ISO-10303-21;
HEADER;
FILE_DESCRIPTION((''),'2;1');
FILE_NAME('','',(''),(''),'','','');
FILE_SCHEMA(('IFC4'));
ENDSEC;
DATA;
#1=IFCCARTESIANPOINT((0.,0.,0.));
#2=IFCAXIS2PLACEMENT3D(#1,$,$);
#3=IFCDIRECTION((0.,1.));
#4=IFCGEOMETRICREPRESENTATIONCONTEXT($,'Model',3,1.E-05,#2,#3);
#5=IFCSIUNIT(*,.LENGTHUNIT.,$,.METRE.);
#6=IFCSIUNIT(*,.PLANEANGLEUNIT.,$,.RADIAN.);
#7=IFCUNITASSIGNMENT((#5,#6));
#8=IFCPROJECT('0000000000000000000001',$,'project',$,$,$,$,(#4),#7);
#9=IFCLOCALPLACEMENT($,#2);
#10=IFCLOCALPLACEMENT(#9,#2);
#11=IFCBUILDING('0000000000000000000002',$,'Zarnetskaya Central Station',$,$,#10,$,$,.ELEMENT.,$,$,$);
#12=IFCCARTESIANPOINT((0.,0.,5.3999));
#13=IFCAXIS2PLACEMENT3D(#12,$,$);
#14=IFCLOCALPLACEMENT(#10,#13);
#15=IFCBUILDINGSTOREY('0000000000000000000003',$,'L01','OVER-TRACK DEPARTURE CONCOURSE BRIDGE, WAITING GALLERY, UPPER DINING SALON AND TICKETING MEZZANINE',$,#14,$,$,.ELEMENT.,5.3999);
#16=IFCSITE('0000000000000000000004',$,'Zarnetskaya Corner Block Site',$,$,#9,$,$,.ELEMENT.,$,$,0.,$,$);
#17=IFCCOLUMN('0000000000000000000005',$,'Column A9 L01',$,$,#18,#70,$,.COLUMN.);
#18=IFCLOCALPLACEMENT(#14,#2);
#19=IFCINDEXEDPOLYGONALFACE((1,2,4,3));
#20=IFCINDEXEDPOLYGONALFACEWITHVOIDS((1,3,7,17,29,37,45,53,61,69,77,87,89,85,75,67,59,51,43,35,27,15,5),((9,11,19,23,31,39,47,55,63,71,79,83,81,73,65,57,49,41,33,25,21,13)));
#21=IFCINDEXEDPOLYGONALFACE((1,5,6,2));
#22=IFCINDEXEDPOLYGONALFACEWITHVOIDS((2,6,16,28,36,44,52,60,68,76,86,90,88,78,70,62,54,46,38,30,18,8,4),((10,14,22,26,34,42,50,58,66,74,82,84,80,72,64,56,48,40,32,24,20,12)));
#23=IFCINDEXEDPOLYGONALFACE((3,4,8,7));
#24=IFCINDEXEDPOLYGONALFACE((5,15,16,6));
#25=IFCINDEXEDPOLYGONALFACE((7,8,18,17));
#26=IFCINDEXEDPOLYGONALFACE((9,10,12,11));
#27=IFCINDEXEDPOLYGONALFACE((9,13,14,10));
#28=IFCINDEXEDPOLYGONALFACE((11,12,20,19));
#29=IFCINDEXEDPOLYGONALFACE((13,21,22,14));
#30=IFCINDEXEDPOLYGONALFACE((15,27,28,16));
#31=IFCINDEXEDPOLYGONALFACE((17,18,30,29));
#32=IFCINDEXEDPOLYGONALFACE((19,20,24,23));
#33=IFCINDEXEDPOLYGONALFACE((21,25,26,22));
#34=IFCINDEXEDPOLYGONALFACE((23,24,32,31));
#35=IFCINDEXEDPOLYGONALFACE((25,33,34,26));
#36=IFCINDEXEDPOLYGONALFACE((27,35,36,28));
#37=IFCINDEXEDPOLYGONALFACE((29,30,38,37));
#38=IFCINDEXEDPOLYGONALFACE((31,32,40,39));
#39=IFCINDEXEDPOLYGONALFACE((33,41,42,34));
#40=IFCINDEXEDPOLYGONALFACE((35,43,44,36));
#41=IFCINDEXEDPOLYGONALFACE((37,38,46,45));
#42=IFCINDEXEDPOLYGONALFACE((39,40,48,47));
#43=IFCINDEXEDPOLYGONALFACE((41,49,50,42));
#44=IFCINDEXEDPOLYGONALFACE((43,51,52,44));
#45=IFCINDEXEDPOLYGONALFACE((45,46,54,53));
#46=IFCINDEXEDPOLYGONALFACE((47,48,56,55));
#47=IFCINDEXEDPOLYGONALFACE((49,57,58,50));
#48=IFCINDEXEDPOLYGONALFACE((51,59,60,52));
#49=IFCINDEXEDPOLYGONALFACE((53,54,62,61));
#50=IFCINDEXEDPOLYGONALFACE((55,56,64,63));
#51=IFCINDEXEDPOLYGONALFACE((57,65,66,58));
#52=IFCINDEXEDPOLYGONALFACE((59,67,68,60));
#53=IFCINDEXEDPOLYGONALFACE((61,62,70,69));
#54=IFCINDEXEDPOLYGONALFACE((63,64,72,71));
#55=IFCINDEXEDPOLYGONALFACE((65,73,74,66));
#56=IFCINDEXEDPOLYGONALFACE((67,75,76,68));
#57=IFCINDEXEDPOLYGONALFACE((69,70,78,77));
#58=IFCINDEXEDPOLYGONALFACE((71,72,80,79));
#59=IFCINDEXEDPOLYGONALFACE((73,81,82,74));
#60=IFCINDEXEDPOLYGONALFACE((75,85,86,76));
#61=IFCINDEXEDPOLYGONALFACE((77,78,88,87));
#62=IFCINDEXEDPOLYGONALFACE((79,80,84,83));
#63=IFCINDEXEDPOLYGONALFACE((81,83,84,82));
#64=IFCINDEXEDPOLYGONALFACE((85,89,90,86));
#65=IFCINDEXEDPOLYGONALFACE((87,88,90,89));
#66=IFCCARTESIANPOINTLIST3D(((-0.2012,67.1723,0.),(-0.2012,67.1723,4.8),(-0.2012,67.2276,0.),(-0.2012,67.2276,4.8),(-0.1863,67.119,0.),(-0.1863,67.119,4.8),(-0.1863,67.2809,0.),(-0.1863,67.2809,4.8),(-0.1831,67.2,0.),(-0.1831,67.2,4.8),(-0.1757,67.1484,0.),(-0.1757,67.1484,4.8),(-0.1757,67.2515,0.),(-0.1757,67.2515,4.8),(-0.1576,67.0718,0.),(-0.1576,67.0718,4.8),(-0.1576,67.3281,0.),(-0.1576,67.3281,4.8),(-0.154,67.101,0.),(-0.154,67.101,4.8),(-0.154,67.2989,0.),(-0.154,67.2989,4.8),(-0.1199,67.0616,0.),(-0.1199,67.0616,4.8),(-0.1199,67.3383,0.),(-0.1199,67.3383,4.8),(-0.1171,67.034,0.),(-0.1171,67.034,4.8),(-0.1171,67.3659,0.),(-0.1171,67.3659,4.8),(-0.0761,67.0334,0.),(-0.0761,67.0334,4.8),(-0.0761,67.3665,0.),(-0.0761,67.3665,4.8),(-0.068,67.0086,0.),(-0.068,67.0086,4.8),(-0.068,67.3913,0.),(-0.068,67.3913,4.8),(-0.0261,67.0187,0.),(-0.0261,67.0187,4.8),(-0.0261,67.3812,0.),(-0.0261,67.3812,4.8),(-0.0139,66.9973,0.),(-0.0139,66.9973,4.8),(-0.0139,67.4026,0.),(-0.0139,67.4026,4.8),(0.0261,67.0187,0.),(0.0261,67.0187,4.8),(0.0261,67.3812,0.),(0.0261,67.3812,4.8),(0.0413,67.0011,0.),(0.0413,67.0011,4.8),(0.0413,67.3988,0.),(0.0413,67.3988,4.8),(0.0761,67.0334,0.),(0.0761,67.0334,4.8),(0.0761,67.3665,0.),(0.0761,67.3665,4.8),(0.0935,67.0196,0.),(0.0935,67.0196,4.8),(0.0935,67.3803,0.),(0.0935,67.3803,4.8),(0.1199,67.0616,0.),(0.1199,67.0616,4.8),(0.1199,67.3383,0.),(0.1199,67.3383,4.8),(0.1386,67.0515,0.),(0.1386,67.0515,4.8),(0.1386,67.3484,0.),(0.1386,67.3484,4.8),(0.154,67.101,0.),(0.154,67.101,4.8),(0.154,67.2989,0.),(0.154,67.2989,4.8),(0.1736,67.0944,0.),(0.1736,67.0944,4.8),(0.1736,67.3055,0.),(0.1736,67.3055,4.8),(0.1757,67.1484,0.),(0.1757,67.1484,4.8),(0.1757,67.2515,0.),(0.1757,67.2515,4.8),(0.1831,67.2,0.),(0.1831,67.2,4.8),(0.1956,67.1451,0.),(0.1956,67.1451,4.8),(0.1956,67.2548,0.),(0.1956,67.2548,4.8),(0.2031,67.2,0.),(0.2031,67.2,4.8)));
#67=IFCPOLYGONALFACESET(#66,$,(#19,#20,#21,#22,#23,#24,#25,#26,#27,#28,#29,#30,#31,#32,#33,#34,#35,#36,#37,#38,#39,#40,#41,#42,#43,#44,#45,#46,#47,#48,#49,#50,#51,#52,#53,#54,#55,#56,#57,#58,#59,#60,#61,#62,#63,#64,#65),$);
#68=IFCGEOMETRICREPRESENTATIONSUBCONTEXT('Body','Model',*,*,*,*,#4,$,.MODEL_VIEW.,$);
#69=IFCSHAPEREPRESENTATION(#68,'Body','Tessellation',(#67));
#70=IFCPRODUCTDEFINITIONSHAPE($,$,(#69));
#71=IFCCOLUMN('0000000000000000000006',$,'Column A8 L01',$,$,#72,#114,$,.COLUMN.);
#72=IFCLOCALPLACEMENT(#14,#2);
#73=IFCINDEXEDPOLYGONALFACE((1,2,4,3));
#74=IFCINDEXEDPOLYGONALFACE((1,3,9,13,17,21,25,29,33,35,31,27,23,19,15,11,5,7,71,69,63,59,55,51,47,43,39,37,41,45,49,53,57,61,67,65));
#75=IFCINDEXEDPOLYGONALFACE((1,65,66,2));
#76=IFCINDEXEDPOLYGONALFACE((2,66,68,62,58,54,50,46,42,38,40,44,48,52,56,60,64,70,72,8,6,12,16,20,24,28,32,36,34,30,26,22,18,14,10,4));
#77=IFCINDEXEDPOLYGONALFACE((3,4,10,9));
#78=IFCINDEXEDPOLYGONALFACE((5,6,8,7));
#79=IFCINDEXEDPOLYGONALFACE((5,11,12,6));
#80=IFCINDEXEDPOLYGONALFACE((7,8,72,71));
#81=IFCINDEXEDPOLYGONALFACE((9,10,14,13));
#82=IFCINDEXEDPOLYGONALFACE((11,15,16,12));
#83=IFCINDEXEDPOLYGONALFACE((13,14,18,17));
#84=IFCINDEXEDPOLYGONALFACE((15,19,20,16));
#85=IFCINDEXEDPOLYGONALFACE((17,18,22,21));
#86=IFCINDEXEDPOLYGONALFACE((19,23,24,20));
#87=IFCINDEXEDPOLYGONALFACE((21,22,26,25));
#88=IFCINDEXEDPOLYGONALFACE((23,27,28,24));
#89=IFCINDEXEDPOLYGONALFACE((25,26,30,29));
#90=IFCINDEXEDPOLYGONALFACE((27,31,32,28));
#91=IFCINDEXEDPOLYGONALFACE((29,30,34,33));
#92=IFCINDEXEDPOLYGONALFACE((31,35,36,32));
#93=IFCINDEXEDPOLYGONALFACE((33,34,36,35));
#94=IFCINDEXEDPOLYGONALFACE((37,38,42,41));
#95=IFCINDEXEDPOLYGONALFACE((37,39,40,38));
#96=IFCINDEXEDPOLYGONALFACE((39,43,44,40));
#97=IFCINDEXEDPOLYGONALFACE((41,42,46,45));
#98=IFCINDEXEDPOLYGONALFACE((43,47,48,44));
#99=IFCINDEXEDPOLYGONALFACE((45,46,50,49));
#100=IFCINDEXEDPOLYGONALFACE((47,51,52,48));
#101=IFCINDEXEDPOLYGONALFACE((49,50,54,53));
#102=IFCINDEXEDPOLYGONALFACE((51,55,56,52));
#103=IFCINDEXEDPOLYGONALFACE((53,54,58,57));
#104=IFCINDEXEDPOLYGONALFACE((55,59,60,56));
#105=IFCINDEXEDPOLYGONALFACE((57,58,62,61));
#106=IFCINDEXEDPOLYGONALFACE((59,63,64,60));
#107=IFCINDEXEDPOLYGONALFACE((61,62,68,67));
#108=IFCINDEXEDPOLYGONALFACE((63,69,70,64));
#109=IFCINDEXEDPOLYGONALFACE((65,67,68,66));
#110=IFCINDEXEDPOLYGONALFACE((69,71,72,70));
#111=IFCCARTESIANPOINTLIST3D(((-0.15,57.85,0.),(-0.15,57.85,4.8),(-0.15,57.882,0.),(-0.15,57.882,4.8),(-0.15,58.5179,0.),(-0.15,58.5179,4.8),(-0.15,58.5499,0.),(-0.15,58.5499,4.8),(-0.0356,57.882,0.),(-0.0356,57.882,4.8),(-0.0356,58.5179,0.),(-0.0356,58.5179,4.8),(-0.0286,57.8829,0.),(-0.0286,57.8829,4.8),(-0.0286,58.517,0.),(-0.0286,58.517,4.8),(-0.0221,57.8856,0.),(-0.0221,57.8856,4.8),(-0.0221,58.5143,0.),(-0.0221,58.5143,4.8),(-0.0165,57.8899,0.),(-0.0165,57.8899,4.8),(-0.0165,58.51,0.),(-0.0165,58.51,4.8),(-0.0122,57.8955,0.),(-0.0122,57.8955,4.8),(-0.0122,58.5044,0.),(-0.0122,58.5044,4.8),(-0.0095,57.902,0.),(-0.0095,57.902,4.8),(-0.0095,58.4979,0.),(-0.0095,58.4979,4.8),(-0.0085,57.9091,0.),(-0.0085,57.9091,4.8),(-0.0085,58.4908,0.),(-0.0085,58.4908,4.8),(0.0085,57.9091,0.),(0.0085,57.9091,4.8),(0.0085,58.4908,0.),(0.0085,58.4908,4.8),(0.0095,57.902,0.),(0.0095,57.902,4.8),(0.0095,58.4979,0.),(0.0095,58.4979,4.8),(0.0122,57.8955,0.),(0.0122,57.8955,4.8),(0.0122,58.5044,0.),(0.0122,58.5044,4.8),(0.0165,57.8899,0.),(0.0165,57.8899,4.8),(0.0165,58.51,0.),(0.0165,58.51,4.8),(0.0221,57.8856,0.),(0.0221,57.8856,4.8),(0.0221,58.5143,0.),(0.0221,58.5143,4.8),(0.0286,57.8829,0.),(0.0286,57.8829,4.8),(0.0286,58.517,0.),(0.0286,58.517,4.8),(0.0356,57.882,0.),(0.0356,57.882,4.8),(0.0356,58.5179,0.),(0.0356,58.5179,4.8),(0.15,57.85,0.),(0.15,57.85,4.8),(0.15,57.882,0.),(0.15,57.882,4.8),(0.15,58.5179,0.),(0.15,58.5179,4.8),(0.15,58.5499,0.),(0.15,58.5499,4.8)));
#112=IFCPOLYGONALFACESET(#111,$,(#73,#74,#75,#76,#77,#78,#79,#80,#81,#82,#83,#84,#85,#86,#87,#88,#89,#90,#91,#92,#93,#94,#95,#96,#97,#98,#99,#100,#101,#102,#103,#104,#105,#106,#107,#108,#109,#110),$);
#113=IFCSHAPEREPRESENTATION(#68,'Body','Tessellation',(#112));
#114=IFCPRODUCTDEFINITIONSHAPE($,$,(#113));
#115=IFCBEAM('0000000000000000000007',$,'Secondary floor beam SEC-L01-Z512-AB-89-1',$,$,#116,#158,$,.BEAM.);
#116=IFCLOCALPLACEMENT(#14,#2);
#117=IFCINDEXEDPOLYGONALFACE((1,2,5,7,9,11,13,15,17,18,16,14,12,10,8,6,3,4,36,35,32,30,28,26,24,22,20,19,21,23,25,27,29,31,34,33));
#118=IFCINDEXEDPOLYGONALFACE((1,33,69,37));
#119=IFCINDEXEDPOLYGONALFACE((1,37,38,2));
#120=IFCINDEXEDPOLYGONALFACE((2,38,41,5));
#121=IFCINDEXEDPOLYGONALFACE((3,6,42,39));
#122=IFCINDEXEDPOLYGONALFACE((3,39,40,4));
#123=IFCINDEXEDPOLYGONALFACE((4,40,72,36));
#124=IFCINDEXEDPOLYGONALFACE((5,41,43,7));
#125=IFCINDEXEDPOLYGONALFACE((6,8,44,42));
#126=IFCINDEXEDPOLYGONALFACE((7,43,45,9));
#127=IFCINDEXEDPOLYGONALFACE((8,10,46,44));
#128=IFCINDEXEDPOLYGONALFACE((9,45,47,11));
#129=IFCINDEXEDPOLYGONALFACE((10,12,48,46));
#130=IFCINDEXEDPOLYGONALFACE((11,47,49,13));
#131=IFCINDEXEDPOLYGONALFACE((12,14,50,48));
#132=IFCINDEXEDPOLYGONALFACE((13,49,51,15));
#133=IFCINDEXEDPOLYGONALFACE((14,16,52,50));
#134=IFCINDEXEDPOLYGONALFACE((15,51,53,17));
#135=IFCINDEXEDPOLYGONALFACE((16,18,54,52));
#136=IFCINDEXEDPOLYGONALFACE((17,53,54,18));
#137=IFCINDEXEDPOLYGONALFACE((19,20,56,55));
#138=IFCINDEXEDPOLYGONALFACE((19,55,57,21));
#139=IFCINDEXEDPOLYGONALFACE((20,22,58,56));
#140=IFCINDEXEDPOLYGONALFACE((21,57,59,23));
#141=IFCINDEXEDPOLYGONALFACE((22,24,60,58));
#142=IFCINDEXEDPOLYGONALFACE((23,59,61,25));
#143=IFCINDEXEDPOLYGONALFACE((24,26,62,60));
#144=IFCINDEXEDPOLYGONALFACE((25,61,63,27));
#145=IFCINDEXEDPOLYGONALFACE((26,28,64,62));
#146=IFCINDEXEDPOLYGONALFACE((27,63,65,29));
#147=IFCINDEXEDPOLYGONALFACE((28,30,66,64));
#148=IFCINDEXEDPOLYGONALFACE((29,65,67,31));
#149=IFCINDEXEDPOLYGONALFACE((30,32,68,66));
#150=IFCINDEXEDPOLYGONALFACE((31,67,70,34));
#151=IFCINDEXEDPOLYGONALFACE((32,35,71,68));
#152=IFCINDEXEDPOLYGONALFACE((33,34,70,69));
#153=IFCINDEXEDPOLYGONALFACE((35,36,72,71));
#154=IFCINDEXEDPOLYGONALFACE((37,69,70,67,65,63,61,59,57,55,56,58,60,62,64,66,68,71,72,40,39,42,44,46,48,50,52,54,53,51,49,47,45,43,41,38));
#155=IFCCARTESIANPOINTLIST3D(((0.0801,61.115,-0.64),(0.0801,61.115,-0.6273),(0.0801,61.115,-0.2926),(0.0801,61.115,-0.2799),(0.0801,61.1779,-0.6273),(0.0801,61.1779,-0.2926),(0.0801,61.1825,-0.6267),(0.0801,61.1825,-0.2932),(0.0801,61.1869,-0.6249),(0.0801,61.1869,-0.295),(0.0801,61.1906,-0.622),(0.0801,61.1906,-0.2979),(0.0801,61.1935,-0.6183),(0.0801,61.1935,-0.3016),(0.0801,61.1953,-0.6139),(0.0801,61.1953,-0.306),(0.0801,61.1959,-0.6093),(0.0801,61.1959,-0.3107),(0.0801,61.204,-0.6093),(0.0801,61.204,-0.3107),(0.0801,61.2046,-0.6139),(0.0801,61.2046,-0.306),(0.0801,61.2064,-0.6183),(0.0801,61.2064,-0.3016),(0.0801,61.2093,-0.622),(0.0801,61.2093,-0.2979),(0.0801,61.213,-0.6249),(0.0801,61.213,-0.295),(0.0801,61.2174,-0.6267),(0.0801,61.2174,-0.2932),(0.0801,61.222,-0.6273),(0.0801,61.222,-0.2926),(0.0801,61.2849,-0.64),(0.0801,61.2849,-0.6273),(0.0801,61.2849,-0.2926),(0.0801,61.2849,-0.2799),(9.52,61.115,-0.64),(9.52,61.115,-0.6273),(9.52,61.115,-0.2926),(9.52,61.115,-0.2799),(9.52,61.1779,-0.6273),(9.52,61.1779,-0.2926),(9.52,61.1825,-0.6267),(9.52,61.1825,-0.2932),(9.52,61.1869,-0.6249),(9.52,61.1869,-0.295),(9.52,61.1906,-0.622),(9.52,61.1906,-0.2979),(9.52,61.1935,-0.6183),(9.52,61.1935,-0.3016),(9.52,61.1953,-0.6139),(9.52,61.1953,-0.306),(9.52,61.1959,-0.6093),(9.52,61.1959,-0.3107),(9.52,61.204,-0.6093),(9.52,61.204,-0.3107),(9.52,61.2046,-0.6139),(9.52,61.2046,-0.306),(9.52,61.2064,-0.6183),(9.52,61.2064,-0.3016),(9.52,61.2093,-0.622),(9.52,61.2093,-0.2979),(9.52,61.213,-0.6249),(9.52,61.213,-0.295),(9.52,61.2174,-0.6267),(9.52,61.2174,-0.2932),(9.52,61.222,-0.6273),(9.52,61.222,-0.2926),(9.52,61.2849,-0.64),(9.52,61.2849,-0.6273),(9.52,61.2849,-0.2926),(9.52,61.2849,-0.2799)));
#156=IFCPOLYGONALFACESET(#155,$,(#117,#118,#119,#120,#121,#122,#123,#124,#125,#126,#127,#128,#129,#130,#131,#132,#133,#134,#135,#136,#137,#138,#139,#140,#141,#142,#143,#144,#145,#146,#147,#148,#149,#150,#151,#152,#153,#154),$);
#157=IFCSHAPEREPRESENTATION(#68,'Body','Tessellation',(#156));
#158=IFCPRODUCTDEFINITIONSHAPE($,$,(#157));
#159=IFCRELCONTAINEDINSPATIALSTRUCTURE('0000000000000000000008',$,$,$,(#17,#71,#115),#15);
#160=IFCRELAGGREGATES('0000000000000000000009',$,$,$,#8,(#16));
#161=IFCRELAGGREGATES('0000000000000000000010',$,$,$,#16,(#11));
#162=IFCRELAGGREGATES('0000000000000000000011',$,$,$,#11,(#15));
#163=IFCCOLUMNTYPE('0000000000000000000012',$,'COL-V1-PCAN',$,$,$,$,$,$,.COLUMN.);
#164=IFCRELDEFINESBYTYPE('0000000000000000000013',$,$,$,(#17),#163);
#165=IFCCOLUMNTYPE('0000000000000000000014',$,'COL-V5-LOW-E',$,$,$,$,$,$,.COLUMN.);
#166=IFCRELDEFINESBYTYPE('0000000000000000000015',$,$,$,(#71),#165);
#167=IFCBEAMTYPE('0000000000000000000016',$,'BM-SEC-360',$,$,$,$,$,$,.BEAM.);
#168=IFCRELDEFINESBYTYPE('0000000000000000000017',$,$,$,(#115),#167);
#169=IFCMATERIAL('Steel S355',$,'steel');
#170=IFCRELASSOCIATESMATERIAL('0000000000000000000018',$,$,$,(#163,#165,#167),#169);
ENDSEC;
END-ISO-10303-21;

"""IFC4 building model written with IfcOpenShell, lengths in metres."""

from ifc_helpers import new_model, si_unit, direction, frame, origin, origin_2d, place, context, subcontext, project, spatial, hollow_circle, i_section, extrude, material, material_profile, profile_set, type_object, element, save


model = new_model("IFC4")

# Units and contexts
model_context = context("Model", 3, precision=1e-05, world=origin(), true_north=direction((0.0, 1.0)))
body_context = subcontext(model_context, "Body", "Model", "MODEL_VIEW")
ifc_project = project(units=[si_unit("LENGTHUNIT", "METRE"), si_unit("PLANEANGLEUNIT", "RADIAN")], contexts=[model_context])

# Site, building, storey
site_placement = place(None, origin())
site = spatial("IfcSite", under=ifc_project, at=site_placement, Name="Zarnetskaya Corner Block Site", CompositionType="ELEMENT", RefElevation=0.0)
building_placement = place(site_placement, origin())
building = spatial("IfcBuilding", under=site, at=building_placement, Name="Zarnetskaya Central Station", CompositionType="ELEMENT")
storey_placement = place(building_placement, frame((0.0, 0.0, 5.3999)))
storey = spatial("IfcBuildingStorey", under=building, at=storey_placement, Name="L01", Description="OVER-TRACK DEPARTURE CONCOURSE BRIDGE, WAITING GALLERY, UPPER DINING SALON AND TICKETING MEZZANINE", CompositionType="ELEMENT", Elevation=5.3999)

# Columns
ifc_material_1 = material(Name="Steel S355", Category="steel")
ifc_material_profile_1 = material_profile(ifc_material_1, hollow_circle(Radius=0.2031, WallThickness=0.02, at=origin_2d()), Name="CHS 406.4x20")
ifc_profile_set_1 = profile_set([ifc_material_profile_1], Name="Steel S355")
column_type_1 = type_object("IfcColumnType", Name="COL-V1-PCAN", PredefinedType="COLUMN", material=ifc_profile_set_1)
column_1_placement = place(storey_placement, frame((0.0, 67.2, 0.0), z_axis=(0.0, 0.0, 1.0), x_axis=(1.0, 0.0, 0.0)))
element("IfcColumn", 1, at=column_1_placement, inside=storey, type_object=column_type_1, Name="Column A9 L01", PredefinedType="COLUMN", context=body_context, shape_type="SweptSolid", body=[
    extrude(hollow_circle(Radius=0.2031, WallThickness=0.02, at=origin_2d()), origin(), (0.0, 0.0, 1.0), 4.8),
])
ifc_material_profile_2 = material_profile(ifc_material_1, i_section(OverallWidth=0.3, OverallDepth=0.7, WebThickness=0.0171, FlangeThickness=0.032, FilletRadius=0.0271, at=origin_2d()), Name="HEB 700")
ifc_profile_set_2 = profile_set([ifc_material_profile_2], Name="Steel S355")
column_type_2 = type_object("IfcColumnType", Name="COL-V5-LOW-E", PredefinedType="COLUMN", material=ifc_profile_set_2)
column_2_placement = place(storey_placement, frame((0.0, 58.2, 0.0), z_axis=(0.0, 0.0, 1.0), x_axis=(1.0, 0.0, 0.0)))
element("IfcColumn", 2, at=column_2_placement, inside=storey, type_object=column_type_2, Name="Column A8 L01", PredefinedType="COLUMN", context=body_context, shape_type="SweptSolid", body=[
    extrude(i_section(OverallWidth=0.3, OverallDepth=0.7, WebThickness=0.0171, FlangeThickness=0.032, FilletRadius=0.0271, at=origin_2d()), origin(), (0.0, 0.0, 1.0), 4.8),
])

# Beam
ifc_material_profile_3 = material_profile(ifc_material_1, i_section(OverallWidth=0.1699, OverallDepth=0.3601, WebThickness=0.0081, FlangeThickness=0.0127, FilletRadius=0.0181, at=origin_2d()), Name="IPE 360")
ifc_profile_set_3 = profile_set([ifc_material_profile_3], Name="Steel S355")
beam_type_1 = type_object("IfcBeamType", Name="BM-SEC-360", PredefinedType="BEAM", material=ifc_profile_set_3)
for number, where, z_axis, x_axis, name in (
    (3, (0.0801, 61.2, -0.46), (1.0, 0.0, 0.0), (0.0, 1.0, 0.0), "Secondary floor beam SEC-L01-Z512-AB-89-1"),
):
    element("IfcBeam", number, at=place(storey_placement, frame(where, z_axis=z_axis, x_axis=x_axis)), inside=storey, type_object=beam_type_1, Name=name, PredefinedType="BEAM", context=body_context, shape_type="SweptSolid", body=[
        extrude(i_section(OverallWidth=0.1699, OverallDepth=0.3601, WebThickness=0.0081, FlangeThickness=0.0127, FilletRadius=0.0181, at=origin_2d()), origin(), (0.0, 0.0, 1.0), 9.4399),
    ])

save(model, "model.ifc")
